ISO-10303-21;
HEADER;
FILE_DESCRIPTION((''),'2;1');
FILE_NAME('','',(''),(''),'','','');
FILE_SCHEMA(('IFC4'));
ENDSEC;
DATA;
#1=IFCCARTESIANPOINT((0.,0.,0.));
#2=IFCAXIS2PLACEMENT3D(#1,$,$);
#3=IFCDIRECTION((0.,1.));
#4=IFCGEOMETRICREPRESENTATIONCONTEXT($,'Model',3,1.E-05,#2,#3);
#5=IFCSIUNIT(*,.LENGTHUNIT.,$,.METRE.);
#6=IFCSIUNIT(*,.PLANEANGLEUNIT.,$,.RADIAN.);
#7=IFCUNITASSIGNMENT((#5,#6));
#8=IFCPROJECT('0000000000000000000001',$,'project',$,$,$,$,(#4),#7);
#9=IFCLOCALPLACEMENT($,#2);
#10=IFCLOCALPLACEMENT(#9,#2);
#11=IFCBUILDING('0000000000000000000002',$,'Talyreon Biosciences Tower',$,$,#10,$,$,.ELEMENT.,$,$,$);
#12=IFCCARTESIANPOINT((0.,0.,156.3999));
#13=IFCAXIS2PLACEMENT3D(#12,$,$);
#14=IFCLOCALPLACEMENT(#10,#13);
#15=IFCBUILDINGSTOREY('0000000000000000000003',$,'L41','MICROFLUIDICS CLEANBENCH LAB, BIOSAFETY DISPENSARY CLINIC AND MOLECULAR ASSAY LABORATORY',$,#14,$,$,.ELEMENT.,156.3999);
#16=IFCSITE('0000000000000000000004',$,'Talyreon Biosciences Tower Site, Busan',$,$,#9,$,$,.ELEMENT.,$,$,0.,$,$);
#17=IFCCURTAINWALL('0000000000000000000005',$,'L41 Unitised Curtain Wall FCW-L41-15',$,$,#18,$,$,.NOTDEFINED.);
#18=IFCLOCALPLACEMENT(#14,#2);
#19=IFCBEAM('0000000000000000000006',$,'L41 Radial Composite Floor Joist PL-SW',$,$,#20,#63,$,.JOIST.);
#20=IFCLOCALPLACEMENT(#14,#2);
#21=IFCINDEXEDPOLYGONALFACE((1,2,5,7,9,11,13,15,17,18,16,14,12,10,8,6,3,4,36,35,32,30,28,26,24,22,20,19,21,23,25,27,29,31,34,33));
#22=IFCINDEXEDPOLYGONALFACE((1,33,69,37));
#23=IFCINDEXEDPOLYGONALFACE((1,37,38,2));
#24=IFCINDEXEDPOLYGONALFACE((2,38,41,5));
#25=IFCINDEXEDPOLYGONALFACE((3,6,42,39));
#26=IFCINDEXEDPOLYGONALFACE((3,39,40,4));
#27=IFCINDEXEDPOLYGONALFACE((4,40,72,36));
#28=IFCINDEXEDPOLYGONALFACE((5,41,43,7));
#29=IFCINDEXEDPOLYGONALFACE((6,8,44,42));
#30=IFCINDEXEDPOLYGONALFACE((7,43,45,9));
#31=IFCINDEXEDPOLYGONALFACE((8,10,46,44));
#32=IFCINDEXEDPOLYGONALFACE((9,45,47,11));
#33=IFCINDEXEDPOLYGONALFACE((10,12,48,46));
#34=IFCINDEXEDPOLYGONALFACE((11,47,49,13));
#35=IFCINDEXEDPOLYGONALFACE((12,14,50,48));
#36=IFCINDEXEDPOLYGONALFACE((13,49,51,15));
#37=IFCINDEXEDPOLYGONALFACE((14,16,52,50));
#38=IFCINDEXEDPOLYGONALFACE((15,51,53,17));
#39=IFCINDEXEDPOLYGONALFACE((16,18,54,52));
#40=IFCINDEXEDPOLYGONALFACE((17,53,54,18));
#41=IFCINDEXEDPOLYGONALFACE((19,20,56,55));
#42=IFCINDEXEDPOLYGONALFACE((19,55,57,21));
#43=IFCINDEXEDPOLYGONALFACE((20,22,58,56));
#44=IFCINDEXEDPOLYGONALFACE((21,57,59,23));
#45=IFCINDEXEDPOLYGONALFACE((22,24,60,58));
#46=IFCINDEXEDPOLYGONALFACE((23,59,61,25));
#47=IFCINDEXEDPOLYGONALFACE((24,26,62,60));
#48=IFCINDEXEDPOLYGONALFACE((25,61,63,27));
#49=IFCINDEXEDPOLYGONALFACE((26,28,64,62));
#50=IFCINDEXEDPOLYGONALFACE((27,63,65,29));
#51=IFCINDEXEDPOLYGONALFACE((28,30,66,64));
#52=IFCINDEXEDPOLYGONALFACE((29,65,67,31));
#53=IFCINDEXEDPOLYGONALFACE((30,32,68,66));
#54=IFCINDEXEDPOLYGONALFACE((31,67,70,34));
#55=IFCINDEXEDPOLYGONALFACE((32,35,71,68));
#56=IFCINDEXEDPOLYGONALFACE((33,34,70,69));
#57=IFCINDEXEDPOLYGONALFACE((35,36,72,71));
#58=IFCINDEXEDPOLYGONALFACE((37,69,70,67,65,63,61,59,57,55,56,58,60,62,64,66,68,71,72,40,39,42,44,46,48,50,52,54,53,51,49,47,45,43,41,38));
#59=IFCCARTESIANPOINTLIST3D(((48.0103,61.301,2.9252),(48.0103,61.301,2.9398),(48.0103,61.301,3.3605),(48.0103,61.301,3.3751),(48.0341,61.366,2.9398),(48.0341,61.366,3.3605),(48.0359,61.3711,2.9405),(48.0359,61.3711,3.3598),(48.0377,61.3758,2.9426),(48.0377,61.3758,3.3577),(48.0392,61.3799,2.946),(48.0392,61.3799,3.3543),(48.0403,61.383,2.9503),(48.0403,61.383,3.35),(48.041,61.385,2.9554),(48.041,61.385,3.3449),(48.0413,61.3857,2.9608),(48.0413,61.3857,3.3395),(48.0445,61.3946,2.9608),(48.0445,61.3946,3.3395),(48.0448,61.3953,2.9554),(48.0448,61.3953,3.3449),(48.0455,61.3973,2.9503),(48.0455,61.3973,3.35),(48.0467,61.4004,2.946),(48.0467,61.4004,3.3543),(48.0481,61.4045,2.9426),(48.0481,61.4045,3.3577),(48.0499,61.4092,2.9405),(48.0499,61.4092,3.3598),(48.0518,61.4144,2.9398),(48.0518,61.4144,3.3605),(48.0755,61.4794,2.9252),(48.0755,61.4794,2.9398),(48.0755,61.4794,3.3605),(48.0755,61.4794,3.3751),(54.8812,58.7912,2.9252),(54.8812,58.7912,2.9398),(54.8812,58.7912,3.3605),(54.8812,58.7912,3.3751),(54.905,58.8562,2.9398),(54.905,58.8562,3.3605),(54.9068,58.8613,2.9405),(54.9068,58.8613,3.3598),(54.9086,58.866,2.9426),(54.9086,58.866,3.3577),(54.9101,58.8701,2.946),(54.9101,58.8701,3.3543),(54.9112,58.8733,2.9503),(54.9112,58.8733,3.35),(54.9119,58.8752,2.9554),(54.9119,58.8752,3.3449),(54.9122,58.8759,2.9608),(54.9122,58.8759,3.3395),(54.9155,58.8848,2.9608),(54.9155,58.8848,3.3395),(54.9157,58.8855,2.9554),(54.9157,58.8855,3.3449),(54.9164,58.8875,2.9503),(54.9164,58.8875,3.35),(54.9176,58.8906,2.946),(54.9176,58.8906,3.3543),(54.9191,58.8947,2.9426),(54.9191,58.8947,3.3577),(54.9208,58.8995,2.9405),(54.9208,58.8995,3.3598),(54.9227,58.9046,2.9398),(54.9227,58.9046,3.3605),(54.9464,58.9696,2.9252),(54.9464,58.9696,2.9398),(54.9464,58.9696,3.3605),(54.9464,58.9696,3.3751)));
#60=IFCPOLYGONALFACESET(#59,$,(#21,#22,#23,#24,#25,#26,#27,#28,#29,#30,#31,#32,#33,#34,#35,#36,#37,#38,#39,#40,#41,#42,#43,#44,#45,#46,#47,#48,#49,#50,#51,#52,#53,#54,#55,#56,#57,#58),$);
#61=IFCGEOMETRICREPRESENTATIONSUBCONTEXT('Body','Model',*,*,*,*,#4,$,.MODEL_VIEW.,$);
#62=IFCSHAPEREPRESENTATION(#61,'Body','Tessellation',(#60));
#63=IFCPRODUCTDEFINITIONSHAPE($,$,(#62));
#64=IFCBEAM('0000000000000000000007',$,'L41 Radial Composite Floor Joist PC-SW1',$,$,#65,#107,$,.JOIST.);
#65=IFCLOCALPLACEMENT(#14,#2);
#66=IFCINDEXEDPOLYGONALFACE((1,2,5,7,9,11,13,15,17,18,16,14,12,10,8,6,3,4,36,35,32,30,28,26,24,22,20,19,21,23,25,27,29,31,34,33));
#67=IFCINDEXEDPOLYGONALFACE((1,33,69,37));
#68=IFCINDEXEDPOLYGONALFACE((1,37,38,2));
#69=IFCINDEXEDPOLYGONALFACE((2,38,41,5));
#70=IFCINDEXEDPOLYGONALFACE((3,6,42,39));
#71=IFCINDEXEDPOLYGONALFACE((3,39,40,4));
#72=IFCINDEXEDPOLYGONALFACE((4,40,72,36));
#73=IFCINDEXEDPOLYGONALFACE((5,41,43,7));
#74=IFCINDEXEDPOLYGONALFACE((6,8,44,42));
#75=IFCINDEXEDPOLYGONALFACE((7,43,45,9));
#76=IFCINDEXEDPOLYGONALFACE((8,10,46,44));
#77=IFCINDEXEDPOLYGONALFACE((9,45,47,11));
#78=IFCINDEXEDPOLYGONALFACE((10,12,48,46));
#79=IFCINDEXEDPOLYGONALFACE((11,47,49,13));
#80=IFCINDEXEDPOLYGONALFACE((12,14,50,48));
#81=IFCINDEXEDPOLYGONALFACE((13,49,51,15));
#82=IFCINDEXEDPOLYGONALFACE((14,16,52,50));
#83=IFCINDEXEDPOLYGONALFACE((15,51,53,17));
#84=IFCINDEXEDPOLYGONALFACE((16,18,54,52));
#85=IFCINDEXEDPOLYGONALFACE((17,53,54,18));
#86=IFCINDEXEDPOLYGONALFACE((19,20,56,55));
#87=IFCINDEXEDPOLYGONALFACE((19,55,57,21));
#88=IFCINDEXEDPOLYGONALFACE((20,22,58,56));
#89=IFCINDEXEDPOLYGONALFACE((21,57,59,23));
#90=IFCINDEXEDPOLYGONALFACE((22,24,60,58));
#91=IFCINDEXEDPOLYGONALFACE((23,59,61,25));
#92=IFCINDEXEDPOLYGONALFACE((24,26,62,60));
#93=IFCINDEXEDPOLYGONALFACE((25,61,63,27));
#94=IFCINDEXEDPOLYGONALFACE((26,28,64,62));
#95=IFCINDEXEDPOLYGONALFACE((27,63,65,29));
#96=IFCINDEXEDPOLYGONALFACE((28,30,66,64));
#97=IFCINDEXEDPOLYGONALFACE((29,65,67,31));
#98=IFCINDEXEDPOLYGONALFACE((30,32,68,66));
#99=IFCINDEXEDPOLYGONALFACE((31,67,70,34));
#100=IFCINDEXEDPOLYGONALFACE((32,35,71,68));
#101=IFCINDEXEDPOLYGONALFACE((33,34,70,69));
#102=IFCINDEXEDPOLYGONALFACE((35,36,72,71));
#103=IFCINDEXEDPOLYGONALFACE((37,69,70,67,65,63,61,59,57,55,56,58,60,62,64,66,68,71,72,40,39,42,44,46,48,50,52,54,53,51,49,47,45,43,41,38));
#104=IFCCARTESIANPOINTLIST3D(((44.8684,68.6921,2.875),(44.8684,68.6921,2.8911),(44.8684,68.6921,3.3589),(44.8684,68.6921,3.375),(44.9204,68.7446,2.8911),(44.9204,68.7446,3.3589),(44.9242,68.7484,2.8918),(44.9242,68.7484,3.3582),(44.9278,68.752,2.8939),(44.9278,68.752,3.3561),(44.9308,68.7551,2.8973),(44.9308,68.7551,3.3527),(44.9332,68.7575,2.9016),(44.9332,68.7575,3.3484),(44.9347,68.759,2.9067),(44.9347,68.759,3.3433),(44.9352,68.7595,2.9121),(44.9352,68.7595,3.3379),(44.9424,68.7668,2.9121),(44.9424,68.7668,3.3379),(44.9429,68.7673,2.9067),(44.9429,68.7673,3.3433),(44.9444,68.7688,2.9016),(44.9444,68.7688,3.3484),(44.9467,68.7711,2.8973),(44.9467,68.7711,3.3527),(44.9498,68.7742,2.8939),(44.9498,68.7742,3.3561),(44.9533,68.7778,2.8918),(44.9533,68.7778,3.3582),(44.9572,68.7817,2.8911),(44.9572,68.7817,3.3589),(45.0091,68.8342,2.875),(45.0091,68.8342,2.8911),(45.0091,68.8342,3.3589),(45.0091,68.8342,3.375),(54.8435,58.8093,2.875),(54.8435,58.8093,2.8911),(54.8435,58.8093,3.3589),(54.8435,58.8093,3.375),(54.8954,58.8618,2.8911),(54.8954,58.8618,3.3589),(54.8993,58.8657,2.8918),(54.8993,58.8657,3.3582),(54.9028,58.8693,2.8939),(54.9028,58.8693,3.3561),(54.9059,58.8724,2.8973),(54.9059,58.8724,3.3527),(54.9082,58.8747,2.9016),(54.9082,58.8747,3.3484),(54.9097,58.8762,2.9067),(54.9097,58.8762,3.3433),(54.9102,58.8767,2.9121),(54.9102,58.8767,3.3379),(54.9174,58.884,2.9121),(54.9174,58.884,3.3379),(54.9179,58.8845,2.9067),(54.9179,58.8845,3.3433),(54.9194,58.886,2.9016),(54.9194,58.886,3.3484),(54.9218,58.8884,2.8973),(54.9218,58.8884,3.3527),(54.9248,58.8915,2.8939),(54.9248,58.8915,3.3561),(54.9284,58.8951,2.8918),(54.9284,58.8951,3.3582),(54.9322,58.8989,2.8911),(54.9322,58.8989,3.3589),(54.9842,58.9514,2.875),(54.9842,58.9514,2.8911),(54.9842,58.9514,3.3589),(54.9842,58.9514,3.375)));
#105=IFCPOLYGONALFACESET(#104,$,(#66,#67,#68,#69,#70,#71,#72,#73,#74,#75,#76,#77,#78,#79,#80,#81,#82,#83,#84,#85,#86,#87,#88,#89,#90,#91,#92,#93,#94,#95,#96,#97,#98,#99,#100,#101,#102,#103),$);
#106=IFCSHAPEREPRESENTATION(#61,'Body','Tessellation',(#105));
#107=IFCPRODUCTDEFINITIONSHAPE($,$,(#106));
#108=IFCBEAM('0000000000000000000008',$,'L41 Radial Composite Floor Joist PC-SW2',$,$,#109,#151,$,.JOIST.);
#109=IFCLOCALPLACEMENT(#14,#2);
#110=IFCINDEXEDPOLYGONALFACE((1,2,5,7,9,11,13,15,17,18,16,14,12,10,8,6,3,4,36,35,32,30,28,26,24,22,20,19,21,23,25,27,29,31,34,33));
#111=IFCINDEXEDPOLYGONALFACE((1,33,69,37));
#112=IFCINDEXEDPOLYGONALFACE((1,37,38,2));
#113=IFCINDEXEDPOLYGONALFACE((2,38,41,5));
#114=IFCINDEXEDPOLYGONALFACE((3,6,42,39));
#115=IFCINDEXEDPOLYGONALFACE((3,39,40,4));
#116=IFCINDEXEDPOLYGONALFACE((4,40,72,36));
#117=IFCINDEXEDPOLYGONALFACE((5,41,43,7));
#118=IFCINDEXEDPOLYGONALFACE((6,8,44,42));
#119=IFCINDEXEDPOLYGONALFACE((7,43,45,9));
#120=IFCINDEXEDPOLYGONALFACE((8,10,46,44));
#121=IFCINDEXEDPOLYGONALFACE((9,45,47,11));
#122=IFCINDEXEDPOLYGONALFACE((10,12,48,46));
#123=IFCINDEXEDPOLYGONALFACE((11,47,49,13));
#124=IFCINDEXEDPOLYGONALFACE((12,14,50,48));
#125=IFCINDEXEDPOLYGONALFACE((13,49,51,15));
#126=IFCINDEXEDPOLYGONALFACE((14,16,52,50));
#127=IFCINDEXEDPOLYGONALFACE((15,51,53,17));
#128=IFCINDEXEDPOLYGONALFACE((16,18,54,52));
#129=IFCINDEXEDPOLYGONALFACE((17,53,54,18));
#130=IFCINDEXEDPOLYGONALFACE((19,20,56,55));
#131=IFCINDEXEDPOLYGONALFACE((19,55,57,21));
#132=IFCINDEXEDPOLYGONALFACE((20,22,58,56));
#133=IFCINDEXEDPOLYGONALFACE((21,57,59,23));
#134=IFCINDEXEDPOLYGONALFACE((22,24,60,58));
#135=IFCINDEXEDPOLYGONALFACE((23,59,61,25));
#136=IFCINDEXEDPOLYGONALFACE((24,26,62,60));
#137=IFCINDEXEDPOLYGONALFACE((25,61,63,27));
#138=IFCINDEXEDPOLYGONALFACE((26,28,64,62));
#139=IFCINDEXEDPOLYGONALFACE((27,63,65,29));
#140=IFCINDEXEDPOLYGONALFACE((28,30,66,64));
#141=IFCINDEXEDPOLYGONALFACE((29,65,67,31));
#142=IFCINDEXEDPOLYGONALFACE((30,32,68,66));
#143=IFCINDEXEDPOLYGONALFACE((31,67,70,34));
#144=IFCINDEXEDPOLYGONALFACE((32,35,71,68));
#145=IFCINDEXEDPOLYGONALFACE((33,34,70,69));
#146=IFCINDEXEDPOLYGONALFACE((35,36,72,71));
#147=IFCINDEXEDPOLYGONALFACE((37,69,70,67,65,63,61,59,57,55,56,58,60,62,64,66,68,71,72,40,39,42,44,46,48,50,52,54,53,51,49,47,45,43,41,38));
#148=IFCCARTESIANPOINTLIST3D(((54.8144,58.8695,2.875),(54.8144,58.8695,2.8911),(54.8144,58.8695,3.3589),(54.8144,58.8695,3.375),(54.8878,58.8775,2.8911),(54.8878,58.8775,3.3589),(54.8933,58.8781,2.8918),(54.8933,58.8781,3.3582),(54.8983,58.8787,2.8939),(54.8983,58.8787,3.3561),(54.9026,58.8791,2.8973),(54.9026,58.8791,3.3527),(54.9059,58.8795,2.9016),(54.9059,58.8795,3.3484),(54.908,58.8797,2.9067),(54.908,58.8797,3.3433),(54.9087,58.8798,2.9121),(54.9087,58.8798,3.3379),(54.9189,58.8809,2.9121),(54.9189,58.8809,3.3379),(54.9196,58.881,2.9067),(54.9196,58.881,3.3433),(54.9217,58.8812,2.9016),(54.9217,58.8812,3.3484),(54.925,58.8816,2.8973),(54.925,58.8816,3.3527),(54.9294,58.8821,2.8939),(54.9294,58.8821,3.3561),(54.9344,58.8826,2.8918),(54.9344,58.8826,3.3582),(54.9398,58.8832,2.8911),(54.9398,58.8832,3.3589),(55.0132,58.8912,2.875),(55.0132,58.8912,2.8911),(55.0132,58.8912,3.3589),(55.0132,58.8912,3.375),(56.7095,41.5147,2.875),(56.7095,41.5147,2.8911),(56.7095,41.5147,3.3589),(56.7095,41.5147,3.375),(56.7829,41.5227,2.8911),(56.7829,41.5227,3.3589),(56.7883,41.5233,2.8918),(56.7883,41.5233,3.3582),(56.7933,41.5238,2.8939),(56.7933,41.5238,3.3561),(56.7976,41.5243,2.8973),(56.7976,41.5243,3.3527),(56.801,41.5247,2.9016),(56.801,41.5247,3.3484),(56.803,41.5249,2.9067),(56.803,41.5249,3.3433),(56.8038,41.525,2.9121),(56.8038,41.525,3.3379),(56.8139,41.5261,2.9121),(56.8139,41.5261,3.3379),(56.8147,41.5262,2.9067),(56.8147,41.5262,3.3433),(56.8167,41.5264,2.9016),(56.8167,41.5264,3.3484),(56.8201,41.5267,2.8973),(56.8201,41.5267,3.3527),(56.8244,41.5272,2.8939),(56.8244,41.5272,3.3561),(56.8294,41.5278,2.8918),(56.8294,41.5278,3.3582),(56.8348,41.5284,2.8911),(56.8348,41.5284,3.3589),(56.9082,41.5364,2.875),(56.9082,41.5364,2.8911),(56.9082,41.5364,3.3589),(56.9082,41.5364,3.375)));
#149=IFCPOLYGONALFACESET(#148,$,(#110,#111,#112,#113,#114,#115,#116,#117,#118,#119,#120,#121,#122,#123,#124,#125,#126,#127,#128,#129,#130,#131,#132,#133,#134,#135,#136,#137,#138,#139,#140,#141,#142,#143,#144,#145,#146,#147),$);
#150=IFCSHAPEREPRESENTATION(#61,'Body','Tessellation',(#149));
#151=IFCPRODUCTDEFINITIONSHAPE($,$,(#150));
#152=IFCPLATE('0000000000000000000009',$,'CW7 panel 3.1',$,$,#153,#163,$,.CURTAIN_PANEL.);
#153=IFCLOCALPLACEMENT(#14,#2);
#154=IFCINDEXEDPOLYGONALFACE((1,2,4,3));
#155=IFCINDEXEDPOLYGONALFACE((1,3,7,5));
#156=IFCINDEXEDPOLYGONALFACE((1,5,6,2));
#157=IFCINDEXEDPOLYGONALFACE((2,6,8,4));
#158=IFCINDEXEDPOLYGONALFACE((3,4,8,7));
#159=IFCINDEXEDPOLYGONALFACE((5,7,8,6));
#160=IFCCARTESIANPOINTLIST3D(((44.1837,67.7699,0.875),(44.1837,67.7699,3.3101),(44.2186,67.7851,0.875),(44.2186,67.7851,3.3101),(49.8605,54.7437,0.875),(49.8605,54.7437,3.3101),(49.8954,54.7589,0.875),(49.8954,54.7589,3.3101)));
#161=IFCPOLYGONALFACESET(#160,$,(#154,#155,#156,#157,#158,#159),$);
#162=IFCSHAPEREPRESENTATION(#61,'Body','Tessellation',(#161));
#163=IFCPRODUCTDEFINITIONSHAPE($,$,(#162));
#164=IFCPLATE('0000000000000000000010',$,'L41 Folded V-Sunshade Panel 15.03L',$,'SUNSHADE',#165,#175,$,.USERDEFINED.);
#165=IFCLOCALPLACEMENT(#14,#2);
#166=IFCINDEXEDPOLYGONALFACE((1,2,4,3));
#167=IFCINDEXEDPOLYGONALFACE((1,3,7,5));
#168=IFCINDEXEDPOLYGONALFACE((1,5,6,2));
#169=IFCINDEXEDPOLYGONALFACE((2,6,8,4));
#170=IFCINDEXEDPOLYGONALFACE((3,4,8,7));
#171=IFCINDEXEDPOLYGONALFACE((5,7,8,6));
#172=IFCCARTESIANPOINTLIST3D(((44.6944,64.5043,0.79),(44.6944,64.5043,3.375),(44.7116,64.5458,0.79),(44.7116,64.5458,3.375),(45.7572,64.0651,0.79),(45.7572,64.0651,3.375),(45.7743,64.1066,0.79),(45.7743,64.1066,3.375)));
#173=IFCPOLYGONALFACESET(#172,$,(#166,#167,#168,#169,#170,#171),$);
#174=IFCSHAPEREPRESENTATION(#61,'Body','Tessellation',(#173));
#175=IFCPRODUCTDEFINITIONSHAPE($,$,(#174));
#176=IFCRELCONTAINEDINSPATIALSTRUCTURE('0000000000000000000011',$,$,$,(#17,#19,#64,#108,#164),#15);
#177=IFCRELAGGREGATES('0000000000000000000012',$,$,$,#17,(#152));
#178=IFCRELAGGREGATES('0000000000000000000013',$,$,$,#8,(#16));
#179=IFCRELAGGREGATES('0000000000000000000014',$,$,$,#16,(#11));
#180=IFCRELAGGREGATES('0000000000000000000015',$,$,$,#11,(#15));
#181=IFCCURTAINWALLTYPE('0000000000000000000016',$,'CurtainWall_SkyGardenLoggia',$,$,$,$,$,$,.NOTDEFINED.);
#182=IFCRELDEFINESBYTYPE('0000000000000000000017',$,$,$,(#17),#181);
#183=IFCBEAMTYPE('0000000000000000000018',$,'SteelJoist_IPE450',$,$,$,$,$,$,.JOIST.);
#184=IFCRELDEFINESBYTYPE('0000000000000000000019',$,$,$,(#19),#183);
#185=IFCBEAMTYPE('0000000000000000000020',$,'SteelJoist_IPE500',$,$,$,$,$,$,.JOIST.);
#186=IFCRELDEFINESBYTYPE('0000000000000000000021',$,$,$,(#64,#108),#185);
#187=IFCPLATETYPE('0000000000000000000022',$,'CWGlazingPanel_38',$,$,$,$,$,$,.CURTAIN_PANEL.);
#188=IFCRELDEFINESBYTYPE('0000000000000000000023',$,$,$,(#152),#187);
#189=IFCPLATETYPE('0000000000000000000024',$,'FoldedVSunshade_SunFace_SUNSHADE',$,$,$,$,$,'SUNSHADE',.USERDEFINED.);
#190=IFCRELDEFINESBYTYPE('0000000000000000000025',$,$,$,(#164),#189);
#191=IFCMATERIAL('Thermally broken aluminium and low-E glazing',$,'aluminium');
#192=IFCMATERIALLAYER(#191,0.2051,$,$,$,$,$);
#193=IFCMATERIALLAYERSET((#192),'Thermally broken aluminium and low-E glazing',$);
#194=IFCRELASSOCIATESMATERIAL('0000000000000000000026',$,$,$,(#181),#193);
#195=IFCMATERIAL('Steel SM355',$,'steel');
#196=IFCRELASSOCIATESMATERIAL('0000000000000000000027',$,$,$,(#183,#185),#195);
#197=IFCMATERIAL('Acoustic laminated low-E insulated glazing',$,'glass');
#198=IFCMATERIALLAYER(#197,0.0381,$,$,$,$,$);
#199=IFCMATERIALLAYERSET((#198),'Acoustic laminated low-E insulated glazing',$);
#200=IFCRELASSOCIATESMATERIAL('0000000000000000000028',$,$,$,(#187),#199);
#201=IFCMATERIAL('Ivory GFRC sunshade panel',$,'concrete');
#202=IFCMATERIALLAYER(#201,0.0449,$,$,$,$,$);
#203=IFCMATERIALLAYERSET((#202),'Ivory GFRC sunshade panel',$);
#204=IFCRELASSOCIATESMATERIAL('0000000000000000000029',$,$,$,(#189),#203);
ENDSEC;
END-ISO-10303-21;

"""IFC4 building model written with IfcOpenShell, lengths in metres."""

from ifc_helpers import new_model, si_unit, direction, frame, origin, origin_2d, place, context, subcontext, project, spatial, rectangle, i_section, extrude, material, layer, layer_set, material_profile, profile_set, type_object, element, aggregate, save


model = new_model("IFC4")

# Units and contexts
model_context = context("Model", 3, precision=1e-05, world=origin(), true_north=direction((0.0, 1.0)))
body_context = subcontext(model_context, "Body", "Model", "MODEL_VIEW")
ifc_project = project(units=[si_unit("LENGTHUNIT", "METRE"), si_unit("PLANEANGLEUNIT", "RADIAN")], contexts=[model_context])

# Site, building, storey
site_placement = place(None, origin())
site = spatial("IfcSite", under=ifc_project, at=site_placement, Name="Talyreon Biosciences Tower Site, Busan", CompositionType="ELEMENT", RefElevation=0.0)
building_placement = place(site_placement, origin())
building = spatial("IfcBuilding", under=site, at=building_placement, Name="Talyreon Biosciences Tower", CompositionType="ELEMENT")
storey_placement = place(building_placement, frame((0.0, 0.0, 156.3999)))
storey = spatial("IfcBuildingStorey", under=building, at=storey_placement, Name="L41", Description="MICROFLUIDICS CLEANBENCH LAB, BIOSAFETY DISPENSARY CLINIC AND MOLECULAR ASSAY LABORATORY", CompositionType="ELEMENT", Elevation=156.3999)

# Curtain wall
ifc_material_1 = material(Name="Thermally broken aluminium and low-E glazing", Category="aluminium")
ifc_layer_1 = layer(ifc_material_1, 0.2051)
ifc_layer_set_1 = layer_set([ifc_layer_1], Name="Thermally broken aluminium and low-E glazing")
curtain_wall_type = type_object("IfcCurtainWallType", Name="CurtainWall_SkyGardenLoggia", PredefinedType="NOTDEFINED", material=ifc_layer_set_1)
curtain_wall_placement = place(storey_placement, origin())
curtain_wall = element("IfcCurtainWall", 1, at=curtain_wall_placement, inside=storey, type_object=curtain_wall_type, Name="L41 Unitised Curtain Wall FCW-L41-15", PredefinedType="NOTDEFINED")

# Beams
ifc_material_2 = material(Name="Steel SM355", Category="steel")
ifc_material_profile_1 = material_profile(ifc_material_2, i_section(OverallWidth=0.1899, OverallDepth=0.45, WebThickness=0.0095, FlangeThickness=0.0146, FilletRadius=0.021, at=origin_2d()), Name="IPE450")
ifc_profile_set_1 = profile_set([ifc_material_profile_1], Name="Steel SM355")
beam_type_1 = type_object("IfcBeamType", Name="SteelJoist_IPE450", PredefinedType="JOIST", material=ifc_profile_set_1)
beam_1_placement = place(storey_placement, frame((54.9138, 58.8804, 3.1501), z_axis=(-0.939297, 0.343104, 0.0), x_axis=(-0.343104, -0.939297, 0.0)))
element("IfcBeam", 2, at=beam_1_placement, inside=storey, type_object=beam_type_1, Name="L41 Radial Composite Floor Joist PL-SW", PredefinedType="JOIST", context=body_context, shape_type="SweptSolid", body=[
    extrude(i_section(OverallWidth=0.1899, OverallDepth=0.45, WebThickness=0.0095, FlangeThickness=0.0146, FilletRadius=0.021, at=origin_2d()), origin(), (0.0, 0.0, 1.0), 7.3149),
])
ifc_material_profile_2 = material_profile(ifc_material_2, i_section(OverallWidth=0.2, OverallDepth=0.5, WebThickness=0.0103, FlangeThickness=0.0161, FilletRadius=0.021, at=origin_2d()), Name="IPE500")
ifc_profile_set_2 = profile_set([ifc_material_profile_2], Name="Steel SM355")
beam_type_2 = type_object("IfcBeamType", Name="SteelJoist_IPE500", PredefinedType="JOIST", material=ifc_profile_set_2)
beam_2_placement = place(storey_placement, frame((54.9138, 58.8804, 3.125), z_axis=(-0.710385, 0.703813, 0.0), x_axis=(-0.703813, -0.710385, 0.0)))
element("IfcBeam", 3, at=beam_2_placement, inside=storey, type_object=beam_type_2, Name="L41 Radial Composite Floor Joist PC-SW1", PredefinedType="JOIST", context=body_context, shape_type="SweptSolid", body=[
    extrude(i_section(OverallWidth=0.2, OverallDepth=0.5, WebThickness=0.0103, FlangeThickness=0.0161, FilletRadius=0.021, at=origin_2d()), origin(), (0.0, 0.0, 1.0), 14.0417),
])
beam_3_placement = place(storey_placement, frame((54.9138, 58.8804, 3.125), z_axis=(0.108548, -0.994091, 0.0), x_axis=(0.994091, 0.108548, 0.0)))
element("IfcBeam", 4, at=beam_3_placement, inside=storey, type_object=beam_type_2, Name="L41 Radial Composite Floor Joist PC-SW2", PredefinedType="JOIST", context=body_context, shape_type="SweptSolid", body=[
    extrude(i_section(OverallWidth=0.2, OverallDepth=0.5, WebThickness=0.0103, FlangeThickness=0.0161, FilletRadius=0.021, at=origin_2d()), origin(), (0.0, 0.0, 1.0), 17.458),
])

# Plates
ifc_material_3 = material(Name="Acoustic laminated low-E insulated glazing", Category="glass")
ifc_layer_2 = layer(ifc_material_3, 0.0381)
ifc_layer_set_2 = layer_set([ifc_layer_2], Name="Acoustic laminated low-E insulated glazing")
plate_type_1 = type_object("IfcPlateType", Name="CWGlazingPanel_38", PredefinedType="CURTAIN_PANEL", material=ifc_layer_set_2)
plate_1_placement = place(storey_placement, frame((47.0396, 61.2644, 0.875), z_axis=(0.0, 0.0, 1.0), x_axis=(-0.399505, 0.916731, 0.0)))
plate_1 = element("IfcPlate", 5, at=plate_1_placement, type_object=plate_type_1, Name="CW7 panel 3.1", PredefinedType="CURTAIN_PANEL", context=body_context, shape_type="SweptSolid", body=[
    extrude(rectangle(XDim=14.2095, YDim=0.0381, at=origin_2d()), origin(), (0.0, 0.0, 1.0), 2.4351),
])
aggregate(curtain_wall, [plate_1])
ifc_material_4 = material(Name="Ivory GFRC sunshade panel", Category="concrete")
ifc_layer_3 = layer(ifc_material_4, 0.0449)
ifc_layer_set_3 = layer_set([ifc_layer_3], Name="Ivory GFRC sunshade panel")
plate_type_2 = type_object("IfcPlateType", Name="FoldedVSunshade_SunFace_SUNSHADE", ElementType="SUNSHADE", PredefinedType="USERDEFINED", material=ifc_layer_set_3)
plate_2_placement = place(storey_placement, frame((45.2344, 64.3054, 0.79), z_axis=(0.0, 0.0, 1.0), x_axis=(-0.924193, 0.381925, 0.0)))
element("IfcPlate", 6, at=plate_2_placement, inside=storey, type_object=plate_type_2, Name="L41 Folded V-Sunshade Panel 15.03L", ObjectType="SUNSHADE", PredefinedType="USERDEFINED", context=body_context, shape_type="SweptSolid", body=[
    extrude(rectangle(XDim=1.1499, YDim=0.0449, at=origin_2d()), origin(), (0.0, 0.0, 1.0), 2.585),
])

save(model, "model.ifc")
